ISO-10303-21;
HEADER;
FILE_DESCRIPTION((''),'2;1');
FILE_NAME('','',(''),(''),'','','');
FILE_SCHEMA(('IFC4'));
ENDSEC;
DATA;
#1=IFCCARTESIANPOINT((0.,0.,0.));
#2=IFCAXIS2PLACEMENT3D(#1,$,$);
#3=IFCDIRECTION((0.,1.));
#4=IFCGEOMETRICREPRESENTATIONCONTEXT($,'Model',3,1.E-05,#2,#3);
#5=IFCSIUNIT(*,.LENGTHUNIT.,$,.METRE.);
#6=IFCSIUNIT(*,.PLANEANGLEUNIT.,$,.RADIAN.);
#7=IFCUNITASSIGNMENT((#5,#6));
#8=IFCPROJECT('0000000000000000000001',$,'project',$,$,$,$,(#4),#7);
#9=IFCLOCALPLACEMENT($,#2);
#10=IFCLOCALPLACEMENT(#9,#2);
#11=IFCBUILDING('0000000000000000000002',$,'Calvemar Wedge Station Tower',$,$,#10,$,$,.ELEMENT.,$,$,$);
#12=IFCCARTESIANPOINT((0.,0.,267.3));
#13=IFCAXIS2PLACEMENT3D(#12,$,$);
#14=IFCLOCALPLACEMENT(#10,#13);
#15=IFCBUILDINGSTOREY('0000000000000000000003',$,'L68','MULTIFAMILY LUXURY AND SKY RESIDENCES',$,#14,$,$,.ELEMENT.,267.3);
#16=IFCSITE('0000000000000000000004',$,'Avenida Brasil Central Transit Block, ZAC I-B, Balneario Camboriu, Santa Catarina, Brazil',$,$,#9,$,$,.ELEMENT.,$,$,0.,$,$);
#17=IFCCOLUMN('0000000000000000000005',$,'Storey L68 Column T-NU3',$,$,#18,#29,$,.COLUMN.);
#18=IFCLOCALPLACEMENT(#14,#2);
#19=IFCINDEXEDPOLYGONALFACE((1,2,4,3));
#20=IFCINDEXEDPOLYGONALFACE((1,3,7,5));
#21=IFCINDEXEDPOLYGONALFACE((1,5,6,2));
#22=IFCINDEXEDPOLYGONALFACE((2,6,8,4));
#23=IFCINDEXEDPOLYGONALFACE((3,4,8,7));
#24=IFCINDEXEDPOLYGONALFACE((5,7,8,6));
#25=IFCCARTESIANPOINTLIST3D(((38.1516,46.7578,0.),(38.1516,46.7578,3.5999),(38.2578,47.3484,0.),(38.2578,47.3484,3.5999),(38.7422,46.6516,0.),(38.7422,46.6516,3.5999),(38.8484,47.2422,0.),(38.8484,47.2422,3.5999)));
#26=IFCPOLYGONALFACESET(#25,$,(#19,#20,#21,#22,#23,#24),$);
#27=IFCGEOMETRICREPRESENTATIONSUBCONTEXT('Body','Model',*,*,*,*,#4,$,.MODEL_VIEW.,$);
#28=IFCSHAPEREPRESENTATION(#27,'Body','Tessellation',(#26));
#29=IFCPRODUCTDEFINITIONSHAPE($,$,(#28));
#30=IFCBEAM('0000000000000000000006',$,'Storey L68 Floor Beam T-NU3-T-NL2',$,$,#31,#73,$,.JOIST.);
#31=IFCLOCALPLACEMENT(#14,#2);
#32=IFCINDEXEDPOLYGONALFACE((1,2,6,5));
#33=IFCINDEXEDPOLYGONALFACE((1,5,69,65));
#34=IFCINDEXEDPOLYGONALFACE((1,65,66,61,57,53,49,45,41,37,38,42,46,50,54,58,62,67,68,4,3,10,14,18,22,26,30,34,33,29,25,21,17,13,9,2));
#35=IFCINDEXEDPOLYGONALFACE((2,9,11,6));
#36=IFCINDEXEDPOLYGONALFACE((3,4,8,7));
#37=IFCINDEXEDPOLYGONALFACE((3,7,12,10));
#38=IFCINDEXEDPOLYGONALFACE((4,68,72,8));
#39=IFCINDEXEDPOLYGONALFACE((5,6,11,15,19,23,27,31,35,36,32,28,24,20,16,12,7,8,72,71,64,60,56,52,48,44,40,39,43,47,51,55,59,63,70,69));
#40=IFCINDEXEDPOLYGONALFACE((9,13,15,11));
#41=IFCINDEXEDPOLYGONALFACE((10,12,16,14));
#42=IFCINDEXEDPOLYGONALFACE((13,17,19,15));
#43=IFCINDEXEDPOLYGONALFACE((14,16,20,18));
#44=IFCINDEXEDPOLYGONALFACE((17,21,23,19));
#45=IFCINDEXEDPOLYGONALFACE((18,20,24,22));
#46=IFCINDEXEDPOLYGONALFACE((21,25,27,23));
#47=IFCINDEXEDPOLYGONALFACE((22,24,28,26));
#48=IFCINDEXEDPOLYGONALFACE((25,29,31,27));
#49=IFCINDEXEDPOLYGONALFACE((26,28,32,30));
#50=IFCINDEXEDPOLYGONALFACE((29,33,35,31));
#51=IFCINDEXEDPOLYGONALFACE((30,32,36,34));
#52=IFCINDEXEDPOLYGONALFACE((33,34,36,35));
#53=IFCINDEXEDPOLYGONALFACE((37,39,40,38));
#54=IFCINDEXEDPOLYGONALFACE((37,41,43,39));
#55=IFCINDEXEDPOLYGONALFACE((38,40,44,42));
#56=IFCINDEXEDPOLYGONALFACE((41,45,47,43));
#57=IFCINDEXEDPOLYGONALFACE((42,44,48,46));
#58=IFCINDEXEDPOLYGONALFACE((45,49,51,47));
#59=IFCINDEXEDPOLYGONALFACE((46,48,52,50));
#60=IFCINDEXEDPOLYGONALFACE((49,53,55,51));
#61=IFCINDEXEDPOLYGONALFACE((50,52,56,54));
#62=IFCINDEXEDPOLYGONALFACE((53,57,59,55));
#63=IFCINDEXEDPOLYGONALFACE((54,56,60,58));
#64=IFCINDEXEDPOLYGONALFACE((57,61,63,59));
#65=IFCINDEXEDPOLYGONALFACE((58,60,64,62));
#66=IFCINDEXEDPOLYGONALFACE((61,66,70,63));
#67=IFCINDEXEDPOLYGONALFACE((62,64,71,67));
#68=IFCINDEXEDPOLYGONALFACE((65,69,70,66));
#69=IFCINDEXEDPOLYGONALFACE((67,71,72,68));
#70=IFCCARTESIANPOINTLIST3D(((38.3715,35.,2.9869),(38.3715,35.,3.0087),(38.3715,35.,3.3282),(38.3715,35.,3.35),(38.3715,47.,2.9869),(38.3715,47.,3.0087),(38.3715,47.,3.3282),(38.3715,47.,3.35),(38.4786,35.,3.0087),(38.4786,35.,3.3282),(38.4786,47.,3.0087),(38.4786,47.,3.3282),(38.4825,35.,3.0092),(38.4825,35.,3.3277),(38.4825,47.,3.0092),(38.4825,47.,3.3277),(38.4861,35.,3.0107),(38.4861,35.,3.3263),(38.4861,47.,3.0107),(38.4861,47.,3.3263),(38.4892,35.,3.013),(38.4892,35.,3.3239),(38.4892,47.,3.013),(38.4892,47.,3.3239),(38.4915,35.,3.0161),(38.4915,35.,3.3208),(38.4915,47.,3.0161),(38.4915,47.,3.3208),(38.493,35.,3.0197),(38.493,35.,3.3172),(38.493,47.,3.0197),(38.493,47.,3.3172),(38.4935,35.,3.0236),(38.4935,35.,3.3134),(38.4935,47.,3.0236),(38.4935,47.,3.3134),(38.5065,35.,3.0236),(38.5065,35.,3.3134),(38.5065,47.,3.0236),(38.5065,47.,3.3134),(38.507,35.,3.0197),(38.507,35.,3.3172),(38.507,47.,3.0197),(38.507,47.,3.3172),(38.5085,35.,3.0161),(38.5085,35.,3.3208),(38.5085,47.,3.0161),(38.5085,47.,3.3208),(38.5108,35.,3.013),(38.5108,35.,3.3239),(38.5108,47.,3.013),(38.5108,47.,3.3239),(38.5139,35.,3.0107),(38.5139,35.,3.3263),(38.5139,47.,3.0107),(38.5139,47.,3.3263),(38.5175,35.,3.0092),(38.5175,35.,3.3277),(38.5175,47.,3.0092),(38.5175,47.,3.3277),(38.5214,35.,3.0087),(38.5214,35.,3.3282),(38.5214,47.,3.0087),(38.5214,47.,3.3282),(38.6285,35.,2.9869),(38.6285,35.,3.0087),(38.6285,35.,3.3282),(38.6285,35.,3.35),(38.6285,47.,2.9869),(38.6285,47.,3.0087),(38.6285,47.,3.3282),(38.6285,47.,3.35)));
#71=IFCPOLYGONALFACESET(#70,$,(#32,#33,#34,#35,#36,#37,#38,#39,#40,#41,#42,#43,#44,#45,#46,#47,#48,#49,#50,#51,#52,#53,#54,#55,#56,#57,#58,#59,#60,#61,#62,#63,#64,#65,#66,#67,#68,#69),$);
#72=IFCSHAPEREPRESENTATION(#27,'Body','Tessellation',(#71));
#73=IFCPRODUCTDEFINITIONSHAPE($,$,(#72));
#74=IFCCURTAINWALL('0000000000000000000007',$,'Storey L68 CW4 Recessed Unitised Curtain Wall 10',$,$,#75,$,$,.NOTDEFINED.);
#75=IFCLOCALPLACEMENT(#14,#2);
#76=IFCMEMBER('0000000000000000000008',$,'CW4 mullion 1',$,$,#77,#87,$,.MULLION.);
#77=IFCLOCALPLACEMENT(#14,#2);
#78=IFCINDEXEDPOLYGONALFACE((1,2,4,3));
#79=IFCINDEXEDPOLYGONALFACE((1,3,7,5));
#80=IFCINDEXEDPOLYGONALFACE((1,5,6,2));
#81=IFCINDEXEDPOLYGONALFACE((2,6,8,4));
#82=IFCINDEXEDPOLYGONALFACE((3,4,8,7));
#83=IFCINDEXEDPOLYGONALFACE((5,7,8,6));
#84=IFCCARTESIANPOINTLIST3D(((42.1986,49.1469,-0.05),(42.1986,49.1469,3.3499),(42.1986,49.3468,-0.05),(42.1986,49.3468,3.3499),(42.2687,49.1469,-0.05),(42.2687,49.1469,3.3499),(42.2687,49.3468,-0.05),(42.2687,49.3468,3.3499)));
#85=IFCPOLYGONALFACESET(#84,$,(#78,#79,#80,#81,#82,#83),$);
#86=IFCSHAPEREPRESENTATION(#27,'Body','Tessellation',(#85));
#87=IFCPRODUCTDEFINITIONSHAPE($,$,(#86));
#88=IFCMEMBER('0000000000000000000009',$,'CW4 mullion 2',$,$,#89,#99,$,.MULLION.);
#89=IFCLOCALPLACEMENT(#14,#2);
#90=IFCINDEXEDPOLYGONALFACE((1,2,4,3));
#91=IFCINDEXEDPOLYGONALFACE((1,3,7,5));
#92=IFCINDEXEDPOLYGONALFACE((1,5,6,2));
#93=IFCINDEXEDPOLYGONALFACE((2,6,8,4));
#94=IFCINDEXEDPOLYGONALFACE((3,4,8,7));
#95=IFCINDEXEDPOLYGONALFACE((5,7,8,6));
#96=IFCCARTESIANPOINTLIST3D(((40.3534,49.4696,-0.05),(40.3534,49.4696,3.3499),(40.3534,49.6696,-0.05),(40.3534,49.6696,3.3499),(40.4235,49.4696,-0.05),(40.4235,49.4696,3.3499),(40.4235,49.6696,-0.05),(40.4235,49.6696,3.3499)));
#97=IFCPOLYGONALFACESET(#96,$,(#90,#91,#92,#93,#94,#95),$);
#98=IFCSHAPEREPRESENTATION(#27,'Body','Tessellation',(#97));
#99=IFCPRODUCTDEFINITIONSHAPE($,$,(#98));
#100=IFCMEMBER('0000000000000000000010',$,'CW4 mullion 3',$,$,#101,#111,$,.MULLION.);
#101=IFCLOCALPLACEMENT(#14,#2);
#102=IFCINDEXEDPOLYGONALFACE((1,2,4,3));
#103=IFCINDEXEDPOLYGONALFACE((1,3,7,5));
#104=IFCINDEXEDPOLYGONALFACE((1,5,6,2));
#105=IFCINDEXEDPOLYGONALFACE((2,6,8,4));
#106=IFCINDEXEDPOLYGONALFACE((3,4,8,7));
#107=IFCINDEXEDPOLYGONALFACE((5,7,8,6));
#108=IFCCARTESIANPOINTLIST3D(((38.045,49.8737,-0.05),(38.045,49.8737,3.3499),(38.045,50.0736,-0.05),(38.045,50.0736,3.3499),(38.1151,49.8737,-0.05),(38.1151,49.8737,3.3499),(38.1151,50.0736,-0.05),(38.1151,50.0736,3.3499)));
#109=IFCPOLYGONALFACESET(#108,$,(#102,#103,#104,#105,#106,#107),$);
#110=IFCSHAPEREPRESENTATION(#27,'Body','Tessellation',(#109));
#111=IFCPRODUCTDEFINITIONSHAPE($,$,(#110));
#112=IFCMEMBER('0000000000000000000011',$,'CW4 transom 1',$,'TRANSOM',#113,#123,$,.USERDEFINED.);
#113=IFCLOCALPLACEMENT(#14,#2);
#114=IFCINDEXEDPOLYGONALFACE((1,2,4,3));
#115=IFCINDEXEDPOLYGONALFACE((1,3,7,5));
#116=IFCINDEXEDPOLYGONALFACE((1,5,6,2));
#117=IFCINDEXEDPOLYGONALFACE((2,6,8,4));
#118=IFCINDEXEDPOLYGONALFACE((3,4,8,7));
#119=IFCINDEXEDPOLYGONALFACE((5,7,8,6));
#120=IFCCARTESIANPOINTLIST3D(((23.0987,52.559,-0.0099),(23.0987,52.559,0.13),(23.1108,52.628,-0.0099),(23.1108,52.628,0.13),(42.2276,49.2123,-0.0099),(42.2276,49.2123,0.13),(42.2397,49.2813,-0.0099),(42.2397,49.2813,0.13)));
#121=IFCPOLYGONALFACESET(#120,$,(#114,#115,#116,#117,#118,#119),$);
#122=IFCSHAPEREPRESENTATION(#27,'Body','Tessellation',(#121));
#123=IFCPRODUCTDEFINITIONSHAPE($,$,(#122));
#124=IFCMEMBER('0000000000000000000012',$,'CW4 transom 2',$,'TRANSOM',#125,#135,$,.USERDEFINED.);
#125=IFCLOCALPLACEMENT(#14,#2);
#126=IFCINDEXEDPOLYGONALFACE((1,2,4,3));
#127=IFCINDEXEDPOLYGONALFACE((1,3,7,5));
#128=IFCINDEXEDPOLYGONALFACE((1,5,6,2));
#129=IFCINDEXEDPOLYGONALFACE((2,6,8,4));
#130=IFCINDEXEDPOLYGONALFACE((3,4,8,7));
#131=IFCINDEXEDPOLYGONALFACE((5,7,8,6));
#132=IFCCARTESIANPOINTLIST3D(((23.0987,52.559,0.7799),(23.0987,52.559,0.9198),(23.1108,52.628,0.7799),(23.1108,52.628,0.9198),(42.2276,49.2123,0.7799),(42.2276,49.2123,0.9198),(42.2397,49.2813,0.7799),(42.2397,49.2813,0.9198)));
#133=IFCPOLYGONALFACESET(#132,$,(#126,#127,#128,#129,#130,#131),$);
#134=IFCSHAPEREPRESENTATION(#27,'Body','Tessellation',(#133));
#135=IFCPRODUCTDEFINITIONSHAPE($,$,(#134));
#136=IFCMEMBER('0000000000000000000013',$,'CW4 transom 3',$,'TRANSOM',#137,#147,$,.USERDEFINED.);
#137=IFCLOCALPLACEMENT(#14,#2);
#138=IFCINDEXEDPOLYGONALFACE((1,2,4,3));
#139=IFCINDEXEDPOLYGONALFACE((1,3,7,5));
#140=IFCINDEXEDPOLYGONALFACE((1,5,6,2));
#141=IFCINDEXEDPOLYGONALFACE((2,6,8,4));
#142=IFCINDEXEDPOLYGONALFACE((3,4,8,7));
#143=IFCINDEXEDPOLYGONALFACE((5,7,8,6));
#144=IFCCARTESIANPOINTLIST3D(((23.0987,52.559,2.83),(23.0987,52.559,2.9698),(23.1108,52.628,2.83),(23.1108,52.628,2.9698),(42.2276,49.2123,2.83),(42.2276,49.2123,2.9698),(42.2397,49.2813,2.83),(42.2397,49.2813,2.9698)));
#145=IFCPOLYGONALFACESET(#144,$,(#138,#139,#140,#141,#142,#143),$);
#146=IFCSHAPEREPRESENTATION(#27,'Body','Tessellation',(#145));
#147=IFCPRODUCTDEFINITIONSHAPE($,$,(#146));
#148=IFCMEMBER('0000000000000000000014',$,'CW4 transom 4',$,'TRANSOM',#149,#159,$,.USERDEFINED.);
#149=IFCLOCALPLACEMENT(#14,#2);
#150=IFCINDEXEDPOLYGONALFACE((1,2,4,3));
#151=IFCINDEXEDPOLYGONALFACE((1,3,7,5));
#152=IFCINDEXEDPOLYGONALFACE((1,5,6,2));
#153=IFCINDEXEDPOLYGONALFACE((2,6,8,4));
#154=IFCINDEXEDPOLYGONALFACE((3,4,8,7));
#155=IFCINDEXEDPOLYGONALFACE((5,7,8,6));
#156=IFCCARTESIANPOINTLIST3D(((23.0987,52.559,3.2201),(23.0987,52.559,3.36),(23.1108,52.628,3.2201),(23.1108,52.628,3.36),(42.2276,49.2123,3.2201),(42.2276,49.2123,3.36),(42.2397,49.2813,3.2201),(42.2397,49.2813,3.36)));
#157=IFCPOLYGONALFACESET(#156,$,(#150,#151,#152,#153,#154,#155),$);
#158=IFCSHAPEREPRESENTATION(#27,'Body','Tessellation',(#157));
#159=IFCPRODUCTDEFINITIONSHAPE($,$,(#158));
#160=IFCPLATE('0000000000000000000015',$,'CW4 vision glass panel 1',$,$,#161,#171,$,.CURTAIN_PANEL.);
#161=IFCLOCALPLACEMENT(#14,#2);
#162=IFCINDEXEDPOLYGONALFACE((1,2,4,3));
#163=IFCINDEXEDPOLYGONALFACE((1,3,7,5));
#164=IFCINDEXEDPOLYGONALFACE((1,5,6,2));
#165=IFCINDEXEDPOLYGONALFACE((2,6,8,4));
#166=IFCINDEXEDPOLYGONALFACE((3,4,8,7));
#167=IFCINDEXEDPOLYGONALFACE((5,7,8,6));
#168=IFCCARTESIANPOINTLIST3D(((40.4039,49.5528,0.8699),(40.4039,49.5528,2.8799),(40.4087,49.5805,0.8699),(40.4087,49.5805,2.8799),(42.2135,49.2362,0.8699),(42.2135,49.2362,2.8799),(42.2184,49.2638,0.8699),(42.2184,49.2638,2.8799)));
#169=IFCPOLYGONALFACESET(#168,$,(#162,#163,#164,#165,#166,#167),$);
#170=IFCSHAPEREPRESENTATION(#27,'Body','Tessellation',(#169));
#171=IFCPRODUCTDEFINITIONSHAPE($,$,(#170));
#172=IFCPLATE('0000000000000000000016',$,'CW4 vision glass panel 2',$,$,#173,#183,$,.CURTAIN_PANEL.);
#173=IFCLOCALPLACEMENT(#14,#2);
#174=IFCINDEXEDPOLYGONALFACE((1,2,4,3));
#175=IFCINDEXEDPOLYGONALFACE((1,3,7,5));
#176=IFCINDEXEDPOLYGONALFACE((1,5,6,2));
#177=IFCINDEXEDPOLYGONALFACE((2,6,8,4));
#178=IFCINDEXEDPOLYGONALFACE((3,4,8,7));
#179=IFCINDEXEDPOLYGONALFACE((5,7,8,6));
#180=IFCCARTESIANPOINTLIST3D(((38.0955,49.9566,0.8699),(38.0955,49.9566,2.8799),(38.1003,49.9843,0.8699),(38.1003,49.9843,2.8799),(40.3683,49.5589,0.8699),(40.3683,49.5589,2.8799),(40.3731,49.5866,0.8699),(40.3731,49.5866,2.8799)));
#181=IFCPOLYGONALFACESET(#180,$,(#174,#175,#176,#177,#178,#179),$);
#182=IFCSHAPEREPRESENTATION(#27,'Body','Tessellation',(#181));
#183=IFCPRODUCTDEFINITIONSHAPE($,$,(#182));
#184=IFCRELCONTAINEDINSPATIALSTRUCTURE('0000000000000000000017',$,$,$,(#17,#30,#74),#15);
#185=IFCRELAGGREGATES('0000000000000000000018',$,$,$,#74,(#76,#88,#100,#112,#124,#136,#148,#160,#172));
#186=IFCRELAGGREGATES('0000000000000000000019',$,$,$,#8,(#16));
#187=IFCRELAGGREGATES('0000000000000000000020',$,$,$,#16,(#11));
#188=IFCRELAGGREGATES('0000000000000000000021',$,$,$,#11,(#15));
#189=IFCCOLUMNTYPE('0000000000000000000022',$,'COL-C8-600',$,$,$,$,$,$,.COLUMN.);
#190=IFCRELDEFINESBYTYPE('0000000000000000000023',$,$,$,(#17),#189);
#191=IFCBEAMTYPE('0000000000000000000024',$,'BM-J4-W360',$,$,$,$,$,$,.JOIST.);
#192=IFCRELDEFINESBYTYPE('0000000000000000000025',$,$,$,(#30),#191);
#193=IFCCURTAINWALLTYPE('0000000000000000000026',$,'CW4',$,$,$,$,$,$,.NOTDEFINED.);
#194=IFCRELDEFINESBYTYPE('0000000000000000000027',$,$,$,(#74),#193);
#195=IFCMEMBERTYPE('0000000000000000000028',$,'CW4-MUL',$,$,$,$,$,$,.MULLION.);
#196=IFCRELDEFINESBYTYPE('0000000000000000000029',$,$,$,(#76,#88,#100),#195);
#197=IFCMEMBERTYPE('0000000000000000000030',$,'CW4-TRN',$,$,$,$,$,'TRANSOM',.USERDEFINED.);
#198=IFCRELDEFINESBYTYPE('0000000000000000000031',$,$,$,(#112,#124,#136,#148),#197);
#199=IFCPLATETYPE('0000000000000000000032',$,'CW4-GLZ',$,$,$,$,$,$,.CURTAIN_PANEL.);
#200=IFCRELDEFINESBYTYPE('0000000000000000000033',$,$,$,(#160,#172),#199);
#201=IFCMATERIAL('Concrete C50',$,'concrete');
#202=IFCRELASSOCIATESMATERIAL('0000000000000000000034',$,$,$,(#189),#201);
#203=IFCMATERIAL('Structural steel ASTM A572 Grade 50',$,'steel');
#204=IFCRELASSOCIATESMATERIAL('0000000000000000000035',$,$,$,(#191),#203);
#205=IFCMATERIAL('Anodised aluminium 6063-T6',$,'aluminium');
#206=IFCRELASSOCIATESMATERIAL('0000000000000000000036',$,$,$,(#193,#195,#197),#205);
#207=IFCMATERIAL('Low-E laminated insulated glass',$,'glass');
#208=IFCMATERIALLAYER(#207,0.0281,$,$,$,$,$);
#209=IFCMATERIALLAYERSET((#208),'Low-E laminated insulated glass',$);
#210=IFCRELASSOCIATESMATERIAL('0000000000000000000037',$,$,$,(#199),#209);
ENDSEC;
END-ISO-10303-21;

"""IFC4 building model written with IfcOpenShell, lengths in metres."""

from ifc_helpers import new_model, si_unit, direction, frame, frame_2d, origin, origin_2d, place, context, subcontext, project, spatial, rectangle, i_section, extrude, source, transform, mapped, material, layer, layer_set, material_profile, profile_set, type_object, element, aggregate, save


model = new_model("IFC4")

# Units and contexts
model_context = context("Model", 3, precision=1e-05, world=origin(), true_north=direction((0.0, 1.0)))
body_context = subcontext(model_context, "Body", "Model", "MODEL_VIEW")
ifc_project = project(units=[si_unit("LENGTHUNIT", "METRE"), si_unit("PLANEANGLEUNIT", "RADIAN")], contexts=[model_context])

# Site, building, storey
site_placement = place(None, origin())
site = spatial("IfcSite", under=ifc_project, at=site_placement, Name="Avenida Brasil Central Transit Block, ZAC I-B, Balneario Camboriu, Santa Catarina, Brazil", CompositionType="ELEMENT", RefElevation=0.0)
building_placement = place(site_placement, origin())
building = spatial("IfcBuilding", under=site, at=building_placement, Name="Calvemar Wedge Station Tower", CompositionType="ELEMENT")
storey_placement = place(building_placement, frame((0.0, 0.0, 267.3)))
storey = spatial("IfcBuildingStorey", under=building, at=storey_placement, Name="L68", Description="MULTIFAMILY LUXURY AND SKY RESIDENCES", CompositionType="ELEMENT", Elevation=267.3)

# Column
ifc_material_1 = material(Name="Concrete C50", Category="concrete")
ifc_material_profile_1 = material_profile(ifc_material_1, rectangle(XDim=0.6001, YDim=0.6001, at=origin_2d()), Name="RC600x600")
ifc_profile_set_1 = profile_set([ifc_material_profile_1], Name="Concrete C50")
column_type = type_object("IfcColumnType", Name="COL-C8-600", PredefinedType="COLUMN", material=ifc_profile_set_1)
shared_shape_1 = source(origin(), body_context, "Body", "SweptSolid", [
    extrude(rectangle(XDim=0.6001, YDim=0.6001, at=origin_2d()), origin(), (0.0, 0.0, 1.0), 3.5999),
])
column_placement = place(storey_placement, frame((38.5, 47.0, 0.0), z_axis=(0.0, 0.0, 1.0), x_axis=(0.984196, -0.177085, 0.0)))
element("IfcColumn", 1, at=column_placement, inside=storey, type_object=column_type, Name="Storey L68 Column T-NU3", PredefinedType="COLUMN", context=body_context, shape_type="MappedRepresentation", body=[
    mapped(shared_shape_1, transform((0.0, 0.0, 0.0), scale=1.0)),
])

# Beam
ifc_material_2 = material(Name="Structural steel ASTM A572 Grade 50", Category="steel")
ifc_material_profile_2 = material_profile(ifc_material_2, i_section(OverallWidth=0.2571, OverallDepth=0.363, WebThickness=0.0129, FlangeThickness=0.0217, FilletRadius=0.0149, at=origin_2d()), Name="W360x122")
ifc_profile_set_2 = profile_set([ifc_material_profile_2], Name="Structural steel ASTM A572 Grade 50")
beam_type = type_object("IfcBeamType", Name="BM-J4-W360", PredefinedType="JOIST", material=ifc_profile_set_2)
shared_shape_2 = source(origin(), body_context, "Body", "SweptSolid", [
    extrude(i_section(OverallWidth=0.2571, OverallDepth=0.363, WebThickness=0.0129, FlangeThickness=0.0217, FilletRadius=0.0149, at=origin_2d()), origin(), (0.0, 0.0, 1.0), 12.0),
])
beam_placement = place(storey_placement, frame((38.5, 47.0, 3.1685), z_axis=(0.0, -1.0, 0.0), x_axis=(1.0, 0.0, 0.0)))
element("IfcBeam", 2, at=beam_placement, inside=storey, type_object=beam_type, Name="Storey L68 Floor Beam T-NU3-T-NL2", PredefinedType="JOIST", context=body_context, shape_type="MappedRepresentation", body=[
    mapped(shared_shape_2, transform((0.0, 0.0, 0.0), scale=1.0)),
])

# Curtain wall, members, plates
ifc_material_3 = material(Name="Anodised aluminium 6063-T6", Category="aluminium")
curtain_wall_type = type_object("IfcCurtainWallType", Name="CW4", PredefinedType="NOTDEFINED", material=ifc_material_3)
curtain_wall_placement = place(storey_placement, origin())
curtain_wall = element("IfcCurtainWall", 3, at=curtain_wall_placement, inside=storey, type_object=curtain_wall_type, Name="Storey L68 CW4 Recessed Unitised Curtain Wall 10", PredefinedType="NOTDEFINED")
ifc_material_profile_3 = material_profile(ifc_material_3, rectangle(XDim=0.0701, YDim=0.2, at=origin_2d()), Name="AL-MUL-70x200")
ifc_profile_set_3 = profile_set([ifc_material_profile_3], Name="Anodised aluminium 6063-T6")
member_type_1 = type_object("IfcMemberType", Name="CW4-MUL", PredefinedType="MULLION", material=ifc_profile_set_3)
shared_shape_3 = source(origin(), body_context, "Body", "SweptSolid", [
    extrude(rectangle(XDim=0.0701, YDim=0.2, at=origin_2d()), origin(), (0.0, 0.0, 1.0), 3.3999),
])
member_1_placement = place(storey_placement, frame((42.2336, 49.2468, -0.05), z_axis=(0.0, 0.0, 1.0), x_axis=(1.0, 0.0, 0.0)))
member_1 = element("IfcMember", 4, at=member_1_placement, type_object=member_type_1, Name="CW4 mullion 1", PredefinedType="MULLION", context=body_context, shape_type="MappedRepresentation", body=[
    mapped(shared_shape_3, transform((0.0, 0.0, 0.0), scale=1.0)),
])
member_2_placement = place(storey_placement, frame((40.3884, 49.5696, -0.05), z_axis=(0.0, 0.0, 1.0), x_axis=(1.0, 0.0, 0.0)))
member_2 = element("IfcMember", 5, at=member_2_placement, type_object=member_type_1, Name="CW4 mullion 2", PredefinedType="MULLION", context=body_context, shape_type="MappedRepresentation", body=[
    mapped(shared_shape_3, transform((0.0, 0.0, 0.0), scale=1.0)),
])
member_3_placement = place(storey_placement, frame((38.0801, 49.9736, -0.05), z_axis=(0.0, 0.0, 1.0), x_axis=(1.0, 0.0, 0.0)))
member_3 = element("IfcMember", 6, at=member_3_placement, type_object=member_type_1, Name="CW4 mullion 3", PredefinedType="MULLION", context=body_context, shape_type="MappedRepresentation", body=[
    mapped(shared_shape_3, transform((0.0, 0.0, 0.0), scale=1.0)),
])
ifc_material_profile_4 = material_profile(ifc_material_3, rectangle(XDim=0.0701, YDim=0.1399, at=origin_2d()), Name="AL-TRN-70x140")
ifc_profile_set_4 = profile_set([ifc_material_profile_4], Name="Anodised aluminium 6063-T6")
member_type_2 = type_object("IfcMemberType", Name="CW4-TRN", ElementType="TRANSOM", PredefinedType="USERDEFINED", material=ifc_profile_set_4)
shared_shape_4 = source(origin(), body_context, "Body", "SweptSolid", [
    extrude(rectangle(XDim=0.0701, YDim=0.1399, at=origin_2d()), origin(), (0.0, 0.0, 1.0), 19.4194),
])
member_4_placement = place(storey_placement, frame((42.2336, 49.2468, 0.0601), z_axis=(-0.985038, 0.172336, 0.0), x_axis=(-0.172336, -0.985038, 0.0)))
member_4 = element("IfcMember", 7, at=member_4_placement, type_object=member_type_2, Name="CW4 transom 1", ObjectType="TRANSOM", PredefinedType="USERDEFINED", context=body_context, shape_type="MappedRepresentation", body=[
    mapped(shared_shape_4, transform((0.0, 0.0, 0.0), scale=1.0)),
])
member_5_placement = place(storey_placement, frame((42.2336, 49.2468, 0.8499), z_axis=(-0.985038, 0.172336, 0.0), x_axis=(-0.172336, -0.985038, 0.0)))
member_5 = element("IfcMember", 8, at=member_5_placement, type_object=member_type_2, Name="CW4 transom 2", ObjectType="TRANSOM", PredefinedType="USERDEFINED", context=body_context, shape_type="MappedRepresentation", body=[
    mapped(shared_shape_4, transform((0.0, 0.0, 0.0), scale=1.0)),
])
member_6_placement = place(storey_placement, frame((42.2336, 49.2468, 2.8999), z_axis=(-0.985038, 0.172336, 0.0), x_axis=(-0.172336, -0.985038, 0.0)))
member_6 = element("IfcMember", 9, at=member_6_placement, type_object=member_type_2, Name="CW4 transom 3", ObjectType="TRANSOM", PredefinedType="USERDEFINED", context=body_context, shape_type="MappedRepresentation", body=[
    mapped(shared_shape_4, transform((0.0, 0.0, 0.0), scale=1.0)),
])
member_7_placement = place(storey_placement, frame((42.2336, 49.2468, 3.29), z_axis=(-0.985038, 0.172336, 0.0), x_axis=(-0.172336, -0.985038, 0.0)))
member_7 = element("IfcMember", 10, at=member_7_placement, type_object=member_type_2, Name="CW4 transom 4", ObjectType="TRANSOM", PredefinedType="USERDEFINED", context=body_context, shape_type="MappedRepresentation", body=[
    mapped(shared_shape_4, transform((0.0, 0.0, 0.0), scale=1.0)),
])
ifc_material_4 = material(Name="Low-E laminated insulated glass", Category="glass")
ifc_layer_1 = layer(ifc_material_4, 0.0281)
ifc_layer_set_1 = layer_set([ifc_layer_1], Name="Low-E laminated insulated glass")
plate_type_1 = type_object("IfcPlateType", Name="CW4-GLZ", PredefinedType="CURTAIN_PANEL", material=ifc_layer_set_1)
plate_1_placement = place(storey_placement, frame((42.2158, 49.25, 0.8699), z_axis=(0.0, 0.0, 1.0), x_axis=(-0.985033, 0.172367, 0.0)))
plate_1 = element("IfcPlate", 11, at=plate_1_placement, type_object=plate_type_1, Name="CW4 vision glass panel 1", PredefinedType="CURTAIN_PANEL", context=body_context, shape_type="SweptSolid", body=[
    extrude(rectangle(XDim=1.8372, YDim=0.0281, at=frame_2d((0.9185, 0.0))), origin(), (0.0, 0.0, 1.0), 2.01),
])
plate_2_placement = place(storey_placement, frame((40.3708, 49.5728, 0.8699), z_axis=(0.0, 0.0, 1.0), x_axis=(-0.985035, 0.172355, 0.0)))
plate_2 = element("IfcPlate", 12, at=plate_2_placement, type_object=plate_type_1, Name="CW4 vision glass panel 2", PredefinedType="CURTAIN_PANEL", context=body_context, shape_type="SweptSolid", body=[
    extrude(rectangle(XDim=2.3074, YDim=0.0281, at=frame_2d((1.1538, 0.0))), origin(), (0.0, 0.0, 1.0), 2.01),
])
aggregate(curtain_wall, [member_1, member_2, member_3, member_4, member_5, member_6, member_7, plate_1, plate_2])

save(model, "model.ifc")
